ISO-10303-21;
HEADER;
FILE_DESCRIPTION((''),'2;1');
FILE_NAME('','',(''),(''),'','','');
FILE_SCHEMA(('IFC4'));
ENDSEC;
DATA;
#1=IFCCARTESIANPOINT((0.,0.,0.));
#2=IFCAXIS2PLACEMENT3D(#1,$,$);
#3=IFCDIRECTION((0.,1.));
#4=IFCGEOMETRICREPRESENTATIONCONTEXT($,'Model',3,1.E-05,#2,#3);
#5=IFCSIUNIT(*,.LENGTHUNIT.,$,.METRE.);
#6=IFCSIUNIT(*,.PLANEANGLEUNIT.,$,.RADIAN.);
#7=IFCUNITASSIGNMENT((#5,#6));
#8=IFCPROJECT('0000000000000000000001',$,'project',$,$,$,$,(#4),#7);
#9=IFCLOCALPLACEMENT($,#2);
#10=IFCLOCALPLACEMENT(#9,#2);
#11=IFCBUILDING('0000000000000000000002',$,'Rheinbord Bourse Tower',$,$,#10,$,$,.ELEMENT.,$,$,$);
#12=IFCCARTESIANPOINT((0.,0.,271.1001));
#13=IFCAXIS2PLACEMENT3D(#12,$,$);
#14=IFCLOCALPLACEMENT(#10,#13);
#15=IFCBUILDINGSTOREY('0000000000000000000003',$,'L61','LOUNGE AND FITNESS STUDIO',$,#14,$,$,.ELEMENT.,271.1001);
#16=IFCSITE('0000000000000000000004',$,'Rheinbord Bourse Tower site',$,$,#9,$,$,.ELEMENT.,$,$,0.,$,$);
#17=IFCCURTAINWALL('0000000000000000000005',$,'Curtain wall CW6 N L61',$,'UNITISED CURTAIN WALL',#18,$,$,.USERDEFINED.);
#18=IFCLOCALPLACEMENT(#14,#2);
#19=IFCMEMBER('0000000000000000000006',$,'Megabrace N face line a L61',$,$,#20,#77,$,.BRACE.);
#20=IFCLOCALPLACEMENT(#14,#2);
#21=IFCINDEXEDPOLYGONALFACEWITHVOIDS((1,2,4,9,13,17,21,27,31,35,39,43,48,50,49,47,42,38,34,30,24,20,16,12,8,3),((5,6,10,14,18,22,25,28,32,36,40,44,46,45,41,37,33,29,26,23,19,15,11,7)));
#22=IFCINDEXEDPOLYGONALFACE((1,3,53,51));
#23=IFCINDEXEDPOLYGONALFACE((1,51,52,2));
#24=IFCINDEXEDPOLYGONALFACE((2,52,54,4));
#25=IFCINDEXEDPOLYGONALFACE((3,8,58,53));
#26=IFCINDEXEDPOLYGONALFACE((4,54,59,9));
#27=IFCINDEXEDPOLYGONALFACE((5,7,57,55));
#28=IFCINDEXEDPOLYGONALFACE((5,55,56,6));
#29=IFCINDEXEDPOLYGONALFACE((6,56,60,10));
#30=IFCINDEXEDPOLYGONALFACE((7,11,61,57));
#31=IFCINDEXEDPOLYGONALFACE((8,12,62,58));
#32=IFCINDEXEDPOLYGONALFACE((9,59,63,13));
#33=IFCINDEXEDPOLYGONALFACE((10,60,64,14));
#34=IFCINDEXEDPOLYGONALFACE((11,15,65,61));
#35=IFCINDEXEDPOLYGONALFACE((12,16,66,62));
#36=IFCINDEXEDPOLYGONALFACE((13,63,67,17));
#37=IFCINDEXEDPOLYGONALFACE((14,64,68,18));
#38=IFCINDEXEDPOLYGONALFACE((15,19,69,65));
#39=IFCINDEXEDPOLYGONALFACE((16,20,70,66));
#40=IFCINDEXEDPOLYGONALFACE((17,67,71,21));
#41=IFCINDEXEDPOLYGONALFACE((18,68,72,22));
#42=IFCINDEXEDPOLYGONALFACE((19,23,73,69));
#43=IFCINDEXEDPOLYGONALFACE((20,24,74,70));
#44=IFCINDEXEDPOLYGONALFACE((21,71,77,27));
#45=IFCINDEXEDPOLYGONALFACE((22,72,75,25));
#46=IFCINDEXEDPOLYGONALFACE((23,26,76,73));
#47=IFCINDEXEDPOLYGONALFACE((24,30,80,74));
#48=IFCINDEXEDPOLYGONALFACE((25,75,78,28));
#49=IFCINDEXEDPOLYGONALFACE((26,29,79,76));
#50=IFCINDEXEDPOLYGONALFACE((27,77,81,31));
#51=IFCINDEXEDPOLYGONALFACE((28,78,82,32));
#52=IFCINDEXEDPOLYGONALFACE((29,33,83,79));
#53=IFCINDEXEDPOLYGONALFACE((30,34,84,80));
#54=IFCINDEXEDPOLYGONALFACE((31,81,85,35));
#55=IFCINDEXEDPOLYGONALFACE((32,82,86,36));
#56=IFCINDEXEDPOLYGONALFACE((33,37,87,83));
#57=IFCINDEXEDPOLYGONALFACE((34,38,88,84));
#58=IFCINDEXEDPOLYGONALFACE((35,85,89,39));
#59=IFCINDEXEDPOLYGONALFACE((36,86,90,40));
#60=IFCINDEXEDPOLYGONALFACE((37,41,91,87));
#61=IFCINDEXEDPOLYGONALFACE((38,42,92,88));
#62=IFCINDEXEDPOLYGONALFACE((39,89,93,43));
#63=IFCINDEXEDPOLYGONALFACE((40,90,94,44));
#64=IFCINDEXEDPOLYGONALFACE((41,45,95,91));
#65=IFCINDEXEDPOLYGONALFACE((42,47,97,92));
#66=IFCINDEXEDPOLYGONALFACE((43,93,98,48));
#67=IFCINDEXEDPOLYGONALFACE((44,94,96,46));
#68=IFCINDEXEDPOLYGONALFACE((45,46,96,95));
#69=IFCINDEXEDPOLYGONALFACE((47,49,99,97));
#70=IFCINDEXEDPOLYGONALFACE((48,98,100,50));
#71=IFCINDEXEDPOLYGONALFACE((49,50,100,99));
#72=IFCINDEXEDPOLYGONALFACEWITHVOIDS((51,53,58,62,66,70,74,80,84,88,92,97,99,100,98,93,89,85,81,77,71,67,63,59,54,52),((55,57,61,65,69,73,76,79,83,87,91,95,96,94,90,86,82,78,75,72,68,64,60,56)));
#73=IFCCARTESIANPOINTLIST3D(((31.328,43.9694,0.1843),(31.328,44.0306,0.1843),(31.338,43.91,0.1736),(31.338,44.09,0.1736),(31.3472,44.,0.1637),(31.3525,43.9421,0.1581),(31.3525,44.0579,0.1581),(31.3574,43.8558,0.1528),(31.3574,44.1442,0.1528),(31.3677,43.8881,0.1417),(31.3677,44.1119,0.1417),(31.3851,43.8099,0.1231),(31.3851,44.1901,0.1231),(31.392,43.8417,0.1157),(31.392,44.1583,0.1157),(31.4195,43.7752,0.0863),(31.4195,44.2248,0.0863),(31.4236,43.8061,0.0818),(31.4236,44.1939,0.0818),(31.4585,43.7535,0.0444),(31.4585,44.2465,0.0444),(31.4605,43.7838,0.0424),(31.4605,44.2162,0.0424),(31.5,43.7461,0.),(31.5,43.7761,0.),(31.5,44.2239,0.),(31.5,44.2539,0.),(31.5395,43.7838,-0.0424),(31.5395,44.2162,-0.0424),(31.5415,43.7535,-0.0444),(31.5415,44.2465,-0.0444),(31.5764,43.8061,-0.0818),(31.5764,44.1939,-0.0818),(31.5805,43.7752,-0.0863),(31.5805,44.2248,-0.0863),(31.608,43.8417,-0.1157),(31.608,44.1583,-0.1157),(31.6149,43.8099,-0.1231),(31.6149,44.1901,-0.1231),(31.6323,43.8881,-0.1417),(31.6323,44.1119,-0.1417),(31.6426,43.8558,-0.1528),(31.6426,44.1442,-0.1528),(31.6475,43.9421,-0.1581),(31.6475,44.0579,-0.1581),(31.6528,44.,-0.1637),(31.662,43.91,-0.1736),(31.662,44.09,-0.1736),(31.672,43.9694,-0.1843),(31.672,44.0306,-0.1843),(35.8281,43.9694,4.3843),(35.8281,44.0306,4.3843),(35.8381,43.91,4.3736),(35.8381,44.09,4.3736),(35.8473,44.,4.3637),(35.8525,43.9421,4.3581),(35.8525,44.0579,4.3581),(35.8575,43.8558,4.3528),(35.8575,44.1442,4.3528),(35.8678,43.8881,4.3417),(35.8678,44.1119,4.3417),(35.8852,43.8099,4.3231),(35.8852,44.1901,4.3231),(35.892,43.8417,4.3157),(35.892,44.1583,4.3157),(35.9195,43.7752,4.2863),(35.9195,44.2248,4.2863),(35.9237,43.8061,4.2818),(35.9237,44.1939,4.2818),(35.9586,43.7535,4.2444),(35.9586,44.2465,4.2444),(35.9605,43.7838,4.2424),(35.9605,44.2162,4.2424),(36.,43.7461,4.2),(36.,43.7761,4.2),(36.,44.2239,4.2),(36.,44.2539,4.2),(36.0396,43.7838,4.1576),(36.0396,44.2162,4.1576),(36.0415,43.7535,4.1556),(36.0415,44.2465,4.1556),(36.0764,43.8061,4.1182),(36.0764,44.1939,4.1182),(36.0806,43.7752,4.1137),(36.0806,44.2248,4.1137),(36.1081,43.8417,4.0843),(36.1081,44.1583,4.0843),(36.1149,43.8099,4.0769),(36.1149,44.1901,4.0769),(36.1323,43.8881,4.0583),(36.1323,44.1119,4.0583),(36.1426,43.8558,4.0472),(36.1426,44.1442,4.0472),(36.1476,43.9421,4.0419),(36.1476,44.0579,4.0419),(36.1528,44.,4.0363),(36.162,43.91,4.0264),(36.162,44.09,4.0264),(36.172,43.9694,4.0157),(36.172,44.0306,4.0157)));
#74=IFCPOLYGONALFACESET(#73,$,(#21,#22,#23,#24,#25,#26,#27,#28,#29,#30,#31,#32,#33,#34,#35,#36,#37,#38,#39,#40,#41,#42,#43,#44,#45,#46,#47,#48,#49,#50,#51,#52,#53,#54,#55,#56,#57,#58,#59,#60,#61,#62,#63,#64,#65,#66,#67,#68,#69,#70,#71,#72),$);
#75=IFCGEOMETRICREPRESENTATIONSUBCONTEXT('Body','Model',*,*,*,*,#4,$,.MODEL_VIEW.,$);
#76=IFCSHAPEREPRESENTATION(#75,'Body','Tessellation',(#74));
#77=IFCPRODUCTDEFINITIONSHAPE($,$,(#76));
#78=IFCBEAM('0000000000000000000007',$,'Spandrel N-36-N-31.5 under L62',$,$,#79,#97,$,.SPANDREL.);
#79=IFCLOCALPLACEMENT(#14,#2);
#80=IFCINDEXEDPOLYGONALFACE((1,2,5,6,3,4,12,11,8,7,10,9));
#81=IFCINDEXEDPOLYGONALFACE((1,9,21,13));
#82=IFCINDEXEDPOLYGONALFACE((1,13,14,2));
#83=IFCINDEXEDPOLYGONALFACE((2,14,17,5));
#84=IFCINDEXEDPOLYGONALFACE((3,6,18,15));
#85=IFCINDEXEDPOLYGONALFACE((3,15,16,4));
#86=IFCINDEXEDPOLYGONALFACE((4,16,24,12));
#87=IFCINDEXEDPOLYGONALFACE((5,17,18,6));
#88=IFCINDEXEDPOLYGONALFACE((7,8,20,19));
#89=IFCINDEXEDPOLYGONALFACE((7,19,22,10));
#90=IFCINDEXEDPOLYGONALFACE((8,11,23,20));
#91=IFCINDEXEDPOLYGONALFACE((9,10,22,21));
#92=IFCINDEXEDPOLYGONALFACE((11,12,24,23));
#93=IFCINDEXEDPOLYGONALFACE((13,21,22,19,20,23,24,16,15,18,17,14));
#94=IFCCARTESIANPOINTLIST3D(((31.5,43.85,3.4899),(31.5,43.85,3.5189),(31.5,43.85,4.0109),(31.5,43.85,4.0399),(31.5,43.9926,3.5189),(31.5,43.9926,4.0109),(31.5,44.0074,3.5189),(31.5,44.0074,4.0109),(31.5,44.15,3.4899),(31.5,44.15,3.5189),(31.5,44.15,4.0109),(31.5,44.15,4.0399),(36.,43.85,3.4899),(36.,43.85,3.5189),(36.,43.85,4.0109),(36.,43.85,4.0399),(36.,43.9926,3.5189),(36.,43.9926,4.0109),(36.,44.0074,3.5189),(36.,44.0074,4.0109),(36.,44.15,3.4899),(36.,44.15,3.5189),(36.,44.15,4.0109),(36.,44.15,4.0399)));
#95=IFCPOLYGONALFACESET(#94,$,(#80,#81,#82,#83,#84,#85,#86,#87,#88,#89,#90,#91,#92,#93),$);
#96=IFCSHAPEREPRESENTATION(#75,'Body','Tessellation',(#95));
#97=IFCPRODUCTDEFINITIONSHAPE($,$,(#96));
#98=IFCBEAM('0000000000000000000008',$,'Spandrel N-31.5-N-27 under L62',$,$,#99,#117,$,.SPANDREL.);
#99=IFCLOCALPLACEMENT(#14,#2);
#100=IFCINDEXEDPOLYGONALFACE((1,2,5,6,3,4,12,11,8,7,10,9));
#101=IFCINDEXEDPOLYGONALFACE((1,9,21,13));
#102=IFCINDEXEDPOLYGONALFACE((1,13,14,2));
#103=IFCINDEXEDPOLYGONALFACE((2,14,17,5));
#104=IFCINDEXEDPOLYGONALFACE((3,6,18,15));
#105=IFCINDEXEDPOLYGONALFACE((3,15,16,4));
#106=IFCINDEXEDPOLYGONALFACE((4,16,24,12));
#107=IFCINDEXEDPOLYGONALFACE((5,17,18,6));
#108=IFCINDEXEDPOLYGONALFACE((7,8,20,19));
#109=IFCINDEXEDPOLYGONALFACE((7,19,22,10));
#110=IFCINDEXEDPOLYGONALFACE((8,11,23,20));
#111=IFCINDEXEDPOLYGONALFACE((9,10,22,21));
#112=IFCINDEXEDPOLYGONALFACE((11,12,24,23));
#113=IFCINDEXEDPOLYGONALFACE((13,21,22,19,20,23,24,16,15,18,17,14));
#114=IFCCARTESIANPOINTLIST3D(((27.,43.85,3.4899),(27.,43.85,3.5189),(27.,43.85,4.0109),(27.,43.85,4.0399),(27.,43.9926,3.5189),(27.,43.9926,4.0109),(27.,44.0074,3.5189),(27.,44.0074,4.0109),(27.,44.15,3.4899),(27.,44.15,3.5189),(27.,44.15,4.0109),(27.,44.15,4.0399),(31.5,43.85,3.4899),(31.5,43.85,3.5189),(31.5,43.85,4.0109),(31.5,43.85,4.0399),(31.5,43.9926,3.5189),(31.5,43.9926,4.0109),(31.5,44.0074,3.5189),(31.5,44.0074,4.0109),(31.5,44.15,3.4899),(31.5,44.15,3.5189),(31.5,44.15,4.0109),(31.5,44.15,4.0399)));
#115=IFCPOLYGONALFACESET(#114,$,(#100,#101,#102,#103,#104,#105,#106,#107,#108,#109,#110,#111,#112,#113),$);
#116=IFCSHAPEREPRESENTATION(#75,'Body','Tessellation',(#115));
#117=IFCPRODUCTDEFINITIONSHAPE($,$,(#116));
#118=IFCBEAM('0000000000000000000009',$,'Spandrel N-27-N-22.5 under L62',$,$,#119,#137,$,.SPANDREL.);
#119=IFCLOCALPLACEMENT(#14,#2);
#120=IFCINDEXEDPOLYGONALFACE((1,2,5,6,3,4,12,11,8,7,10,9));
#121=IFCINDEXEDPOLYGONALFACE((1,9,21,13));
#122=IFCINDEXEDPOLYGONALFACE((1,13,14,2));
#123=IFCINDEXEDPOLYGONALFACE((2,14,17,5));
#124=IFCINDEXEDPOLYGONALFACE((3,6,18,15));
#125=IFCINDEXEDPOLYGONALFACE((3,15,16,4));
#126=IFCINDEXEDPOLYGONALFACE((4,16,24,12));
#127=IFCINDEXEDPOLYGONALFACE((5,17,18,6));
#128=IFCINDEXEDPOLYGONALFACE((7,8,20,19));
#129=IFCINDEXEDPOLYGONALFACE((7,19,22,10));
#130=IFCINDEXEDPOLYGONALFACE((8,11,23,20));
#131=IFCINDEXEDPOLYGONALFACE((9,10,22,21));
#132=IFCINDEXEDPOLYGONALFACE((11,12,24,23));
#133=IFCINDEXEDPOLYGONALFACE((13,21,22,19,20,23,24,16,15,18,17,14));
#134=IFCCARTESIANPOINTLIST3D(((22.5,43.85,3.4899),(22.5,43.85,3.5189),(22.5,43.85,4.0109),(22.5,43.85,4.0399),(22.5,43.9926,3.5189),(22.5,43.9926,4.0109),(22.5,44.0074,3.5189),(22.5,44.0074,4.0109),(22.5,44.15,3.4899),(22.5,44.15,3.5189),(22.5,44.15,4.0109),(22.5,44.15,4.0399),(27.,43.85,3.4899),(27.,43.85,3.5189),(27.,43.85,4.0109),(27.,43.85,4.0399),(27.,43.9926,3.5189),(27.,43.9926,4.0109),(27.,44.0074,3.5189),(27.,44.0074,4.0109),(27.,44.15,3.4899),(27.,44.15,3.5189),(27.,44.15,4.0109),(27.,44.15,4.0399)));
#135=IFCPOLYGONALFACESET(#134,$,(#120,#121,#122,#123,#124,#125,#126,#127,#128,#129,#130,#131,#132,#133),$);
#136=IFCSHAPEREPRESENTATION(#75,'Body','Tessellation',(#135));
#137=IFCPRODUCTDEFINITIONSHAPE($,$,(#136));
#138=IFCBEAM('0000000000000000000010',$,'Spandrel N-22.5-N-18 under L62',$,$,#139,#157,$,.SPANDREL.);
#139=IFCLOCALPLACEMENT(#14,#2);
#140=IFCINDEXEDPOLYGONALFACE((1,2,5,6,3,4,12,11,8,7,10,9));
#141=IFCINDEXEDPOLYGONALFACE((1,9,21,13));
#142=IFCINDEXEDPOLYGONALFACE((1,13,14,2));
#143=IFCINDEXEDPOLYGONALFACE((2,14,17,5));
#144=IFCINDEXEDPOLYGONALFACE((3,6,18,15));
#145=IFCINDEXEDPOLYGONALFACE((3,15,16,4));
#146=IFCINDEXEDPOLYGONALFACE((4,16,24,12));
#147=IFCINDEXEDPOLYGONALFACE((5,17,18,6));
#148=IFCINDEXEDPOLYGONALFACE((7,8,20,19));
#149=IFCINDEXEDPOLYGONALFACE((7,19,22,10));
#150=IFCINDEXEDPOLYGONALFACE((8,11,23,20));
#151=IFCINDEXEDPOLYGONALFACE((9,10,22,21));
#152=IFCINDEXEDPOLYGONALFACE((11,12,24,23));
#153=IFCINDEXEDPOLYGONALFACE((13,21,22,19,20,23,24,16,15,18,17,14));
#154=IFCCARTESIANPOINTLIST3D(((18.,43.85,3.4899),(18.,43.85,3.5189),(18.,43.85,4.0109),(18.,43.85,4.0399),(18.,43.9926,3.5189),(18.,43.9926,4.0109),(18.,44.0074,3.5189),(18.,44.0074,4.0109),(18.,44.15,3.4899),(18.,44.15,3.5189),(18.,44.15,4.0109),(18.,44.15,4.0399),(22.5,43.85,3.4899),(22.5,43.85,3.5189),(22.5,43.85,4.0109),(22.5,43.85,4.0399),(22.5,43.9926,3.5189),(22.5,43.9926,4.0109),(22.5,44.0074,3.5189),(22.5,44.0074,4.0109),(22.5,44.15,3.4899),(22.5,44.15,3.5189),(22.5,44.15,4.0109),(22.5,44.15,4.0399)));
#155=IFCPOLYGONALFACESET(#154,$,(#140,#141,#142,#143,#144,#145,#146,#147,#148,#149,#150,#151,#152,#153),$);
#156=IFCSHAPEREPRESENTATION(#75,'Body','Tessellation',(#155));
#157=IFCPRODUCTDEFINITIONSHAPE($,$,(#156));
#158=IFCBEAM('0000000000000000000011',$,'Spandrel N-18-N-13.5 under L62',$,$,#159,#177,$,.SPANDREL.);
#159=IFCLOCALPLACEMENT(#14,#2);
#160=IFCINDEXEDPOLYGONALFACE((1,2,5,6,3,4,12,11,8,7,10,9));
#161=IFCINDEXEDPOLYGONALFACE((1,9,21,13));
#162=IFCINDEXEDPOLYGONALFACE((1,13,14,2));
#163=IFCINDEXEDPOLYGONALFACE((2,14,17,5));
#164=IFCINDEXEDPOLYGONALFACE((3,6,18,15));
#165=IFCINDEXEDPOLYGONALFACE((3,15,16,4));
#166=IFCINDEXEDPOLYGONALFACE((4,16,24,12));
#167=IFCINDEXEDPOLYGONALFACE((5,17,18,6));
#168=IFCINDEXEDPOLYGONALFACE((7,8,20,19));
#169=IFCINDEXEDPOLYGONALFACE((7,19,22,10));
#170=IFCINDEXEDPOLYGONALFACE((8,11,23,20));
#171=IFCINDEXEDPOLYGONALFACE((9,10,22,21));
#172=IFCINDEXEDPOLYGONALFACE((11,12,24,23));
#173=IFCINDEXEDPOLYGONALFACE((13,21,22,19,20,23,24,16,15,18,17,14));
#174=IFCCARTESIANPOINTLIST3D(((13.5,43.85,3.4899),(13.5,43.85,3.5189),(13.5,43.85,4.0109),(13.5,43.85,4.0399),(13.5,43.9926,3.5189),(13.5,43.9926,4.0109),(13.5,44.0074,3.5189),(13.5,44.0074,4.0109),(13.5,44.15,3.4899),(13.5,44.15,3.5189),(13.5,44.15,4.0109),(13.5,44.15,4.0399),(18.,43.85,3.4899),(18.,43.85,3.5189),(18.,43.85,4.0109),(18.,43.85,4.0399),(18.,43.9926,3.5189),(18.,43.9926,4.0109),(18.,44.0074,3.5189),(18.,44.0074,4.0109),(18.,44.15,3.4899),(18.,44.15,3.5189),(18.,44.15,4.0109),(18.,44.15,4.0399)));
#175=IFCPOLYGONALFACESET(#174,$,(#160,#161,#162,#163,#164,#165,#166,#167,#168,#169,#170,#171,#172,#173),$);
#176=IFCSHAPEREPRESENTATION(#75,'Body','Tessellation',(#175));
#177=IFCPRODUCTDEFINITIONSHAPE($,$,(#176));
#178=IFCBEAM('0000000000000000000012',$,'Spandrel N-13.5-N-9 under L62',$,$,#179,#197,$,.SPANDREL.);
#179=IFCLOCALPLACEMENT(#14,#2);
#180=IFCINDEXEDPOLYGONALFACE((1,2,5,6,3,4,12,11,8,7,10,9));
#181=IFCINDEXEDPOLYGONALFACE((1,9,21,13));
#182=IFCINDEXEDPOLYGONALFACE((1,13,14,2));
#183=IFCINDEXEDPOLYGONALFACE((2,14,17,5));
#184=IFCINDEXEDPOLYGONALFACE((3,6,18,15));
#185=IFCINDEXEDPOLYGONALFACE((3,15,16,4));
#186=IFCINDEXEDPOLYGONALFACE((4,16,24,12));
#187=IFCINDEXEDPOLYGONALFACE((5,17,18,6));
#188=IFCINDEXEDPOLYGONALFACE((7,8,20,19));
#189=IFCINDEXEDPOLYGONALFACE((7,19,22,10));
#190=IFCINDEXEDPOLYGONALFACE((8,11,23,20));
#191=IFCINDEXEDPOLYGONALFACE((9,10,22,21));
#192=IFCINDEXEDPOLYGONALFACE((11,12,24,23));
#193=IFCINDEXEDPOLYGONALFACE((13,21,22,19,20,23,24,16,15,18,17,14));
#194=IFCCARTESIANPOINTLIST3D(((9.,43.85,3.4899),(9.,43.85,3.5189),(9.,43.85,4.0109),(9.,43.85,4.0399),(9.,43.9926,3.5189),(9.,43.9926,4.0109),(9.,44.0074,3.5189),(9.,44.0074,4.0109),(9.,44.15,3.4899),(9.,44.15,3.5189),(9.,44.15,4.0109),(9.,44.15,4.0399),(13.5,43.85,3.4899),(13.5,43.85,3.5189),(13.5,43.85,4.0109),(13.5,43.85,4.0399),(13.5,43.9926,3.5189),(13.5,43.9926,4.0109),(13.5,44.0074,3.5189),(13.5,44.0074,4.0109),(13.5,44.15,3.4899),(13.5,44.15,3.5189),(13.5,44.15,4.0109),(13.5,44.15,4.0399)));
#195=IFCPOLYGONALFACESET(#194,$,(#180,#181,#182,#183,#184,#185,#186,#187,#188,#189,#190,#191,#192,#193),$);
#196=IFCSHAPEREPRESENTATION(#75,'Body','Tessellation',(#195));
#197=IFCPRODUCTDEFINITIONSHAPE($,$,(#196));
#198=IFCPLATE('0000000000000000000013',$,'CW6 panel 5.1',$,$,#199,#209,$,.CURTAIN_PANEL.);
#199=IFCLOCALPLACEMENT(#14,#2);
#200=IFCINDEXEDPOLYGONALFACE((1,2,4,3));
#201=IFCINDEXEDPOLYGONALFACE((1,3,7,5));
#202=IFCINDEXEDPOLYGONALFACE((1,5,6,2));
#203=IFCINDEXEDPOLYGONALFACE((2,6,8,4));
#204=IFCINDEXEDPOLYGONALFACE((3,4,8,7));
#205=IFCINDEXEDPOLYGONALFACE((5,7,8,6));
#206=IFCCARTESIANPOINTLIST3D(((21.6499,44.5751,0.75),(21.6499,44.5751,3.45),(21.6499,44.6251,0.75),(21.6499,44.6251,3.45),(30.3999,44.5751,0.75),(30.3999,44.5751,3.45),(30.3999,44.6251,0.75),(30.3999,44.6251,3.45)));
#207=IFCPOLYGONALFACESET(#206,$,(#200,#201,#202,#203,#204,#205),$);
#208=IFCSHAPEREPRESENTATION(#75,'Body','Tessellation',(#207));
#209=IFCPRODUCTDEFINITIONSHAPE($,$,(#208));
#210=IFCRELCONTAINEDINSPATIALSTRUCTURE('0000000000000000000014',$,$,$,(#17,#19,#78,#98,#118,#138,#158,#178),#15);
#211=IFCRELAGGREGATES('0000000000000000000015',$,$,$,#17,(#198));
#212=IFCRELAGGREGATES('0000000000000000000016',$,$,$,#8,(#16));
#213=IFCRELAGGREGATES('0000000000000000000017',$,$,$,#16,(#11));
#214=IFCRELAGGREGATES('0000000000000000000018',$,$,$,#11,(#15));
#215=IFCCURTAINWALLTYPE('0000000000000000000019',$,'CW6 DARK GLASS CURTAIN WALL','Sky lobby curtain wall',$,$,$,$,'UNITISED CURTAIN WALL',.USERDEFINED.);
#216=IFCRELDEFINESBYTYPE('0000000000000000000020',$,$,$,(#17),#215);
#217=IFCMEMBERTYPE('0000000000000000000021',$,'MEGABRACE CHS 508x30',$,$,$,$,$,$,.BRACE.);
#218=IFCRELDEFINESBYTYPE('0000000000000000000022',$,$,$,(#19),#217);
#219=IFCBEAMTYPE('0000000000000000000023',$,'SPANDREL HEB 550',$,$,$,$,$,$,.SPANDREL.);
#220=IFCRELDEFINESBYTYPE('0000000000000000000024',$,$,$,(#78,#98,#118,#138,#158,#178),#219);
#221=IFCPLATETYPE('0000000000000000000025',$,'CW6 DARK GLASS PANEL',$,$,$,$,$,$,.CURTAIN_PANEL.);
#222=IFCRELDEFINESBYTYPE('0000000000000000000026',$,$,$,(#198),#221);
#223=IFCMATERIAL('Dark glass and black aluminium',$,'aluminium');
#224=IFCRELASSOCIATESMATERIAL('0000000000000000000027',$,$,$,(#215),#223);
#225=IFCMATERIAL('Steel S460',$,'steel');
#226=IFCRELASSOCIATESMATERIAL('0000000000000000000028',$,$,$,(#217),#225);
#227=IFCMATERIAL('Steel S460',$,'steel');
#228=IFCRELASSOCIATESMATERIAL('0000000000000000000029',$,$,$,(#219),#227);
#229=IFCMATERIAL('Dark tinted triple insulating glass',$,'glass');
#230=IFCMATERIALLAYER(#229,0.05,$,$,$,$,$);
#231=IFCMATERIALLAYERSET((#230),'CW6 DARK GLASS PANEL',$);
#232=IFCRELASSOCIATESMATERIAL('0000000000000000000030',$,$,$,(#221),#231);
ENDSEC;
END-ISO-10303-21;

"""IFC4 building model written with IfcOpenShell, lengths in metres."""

from ifc_helpers import new_model, si_unit, direction, frame, origin, origin_2d, place, context, subcontext, project, spatial, rectangle, hollow_circle, i_section, extrude, material, layer, layer_set, material_profile, profile_set, type_object, element, aggregate, save


model = new_model("IFC4")

# Units and contexts
model_context = context("Model", 3, precision=1e-05, world=origin(), true_north=direction((0.0, 1.0)))
body_context = subcontext(model_context, "Body", "Model", "MODEL_VIEW")
ifc_project = project(units=[si_unit("LENGTHUNIT", "METRE"), si_unit("PLANEANGLEUNIT", "RADIAN")], contexts=[model_context])

# Site, building, storey
site_placement = place(None, origin())
site = spatial("IfcSite", under=ifc_project, at=site_placement, Name="Rheinbord Bourse Tower site", CompositionType="ELEMENT", RefElevation=0.0)
building_placement = place(site_placement, origin())
building = spatial("IfcBuilding", under=site, at=building_placement, Name="Rheinbord Bourse Tower", CompositionType="ELEMENT")
storey_placement = place(building_placement, frame((0.0, 0.0, 271.1001)))
storey = spatial("IfcBuildingStorey", under=building, at=storey_placement, Name="L61", Description="LOUNGE AND FITNESS STUDIO", CompositionType="ELEMENT", Elevation=271.1001)

# Curtain wall
ifc_material_1 = material(Name="Dark glass and black aluminium", Category="aluminium")
curtain_wall_type = type_object("IfcCurtainWallType", Name="CW6 DARK GLASS CURTAIN WALL", Description="Sky lobby curtain wall", ElementType="UNITISED CURTAIN WALL", PredefinedType="USERDEFINED", material=ifc_material_1)
curtain_wall_placement = place(storey_placement, origin())
curtain_wall = element("IfcCurtainWall", 1, at=curtain_wall_placement, inside=storey, type_object=curtain_wall_type, Name="Curtain wall CW6 N L61", ObjectType="UNITISED CURTAIN WALL", PredefinedType="USERDEFINED")

# Member
ifc_material_2 = material(Name="Steel S460", Category="steel")
ifc_material_profile_1 = material_profile(ifc_material_2, hollow_circle(Radius=0.2539, WallThickness=0.03, at=origin_2d()), Name="CHS 508x30")
ifc_profile_set_1 = profile_set([ifc_material_profile_1], Name="Steel S460")
member_type_1 = type_object("IfcMemberType", Name="MEGABRACE CHS 508x30", PredefinedType="BRACE", material=ifc_profile_set_1)
member_1_placement = place(storey_placement, frame((31.5, 44.0, 0.0), z_axis=(0.731059, 0.0, 0.682314), x_axis=(0.0, 1.0, 0.0)))
element("IfcMember", 2, at=member_1_placement, inside=storey, type_object=member_type_1, Name="Megabrace N face line a L61", PredefinedType="BRACE", context=body_context, shape_type="SweptSolid", body=[
    extrude(hollow_circle(Radius=0.2539, WallThickness=0.03, at=origin_2d()), origin(), (0.0, 0.0, 1.0), 6.1555),
])

# Beams
ifc_material_3 = material(Name="Steel S460", Category="steel")
ifc_material_profile_2 = material_profile(ifc_material_3, i_section(OverallWidth=0.3, OverallDepth=0.55, WebThickness=0.0149, FlangeThickness=0.0291, at=origin_2d()), Name="HEB 550")
ifc_profile_set_2 = profile_set([ifc_material_profile_2], Name="Steel S460")
beam_type_1 = type_object("IfcBeamType", Name="SPANDREL HEB 550", PredefinedType="SPANDREL", material=ifc_profile_set_2)
for number, where, z_axis, x_axis, name in (
    (3, (36.0, 44.0, 3.7649), (-1.0, 0.0, 0.0), (0.0, -1.0, 0.0), "Spandrel N-36-N-31.5 under L62"),
    (4, (31.5, 44.0, 3.7649), (-1.0, 0.0, 0.0), (0.0, -1.0, 0.0), "Spandrel N-31.5-N-27 under L62"),
    (5, (27.0, 44.0, 3.7649), (-1.0, 0.0, 0.0), (0.0, -1.0, 0.0), "Spandrel N-27-N-22.5 under L62"),
    (6, (22.5, 44.0, 3.7649), (-1.0, 0.0, 0.0), (0.0, -1.0, 0.0), "Spandrel N-22.5-N-18 under L62"),
    (7, (18.0, 44.0, 3.7649), (-1.0, 0.0, 0.0), (0.0, -1.0, 0.0), "Spandrel N-18-N-13.5 under L62"),
    (8, (13.5, 44.0, 3.7649), (-1.0, 0.0, 0.0), (0.0, -1.0, 0.0), "Spandrel N-13.5-N-9 under L62"),
):
    element("IfcBeam", number, at=place(storey_placement, frame(where, z_axis=z_axis, x_axis=x_axis)), inside=storey, type_object=beam_type_1, Name=name, PredefinedType="SPANDREL", context=body_context, shape_type="SweptSolid", body=[
        extrude(i_section(OverallWidth=0.3, OverallDepth=0.55, WebThickness=0.0149, FlangeThickness=0.0291, at=origin_2d()), origin(), (0.0, 0.0, 1.0), 4.5),
    ])

# Plate
ifc_material_4 = material(Name="Dark tinted triple insulating glass", Category="glass")
ifc_layer = layer(ifc_material_4, 0.05)
ifc_layer_set = layer_set([ifc_layer], Name="CW6 DARK GLASS PANEL")
plate_type = type_object("IfcPlateType", Name="CW6 DARK GLASS PANEL", PredefinedType="CURTAIN_PANEL", material=ifc_layer_set)
plate_1_placement = place(storey_placement, frame((26.0249, 44.6001, 0.75), z_axis=(0.0, 0.0, 1.0), x_axis=(-1.0, 0.0, 0.0)))
plate_1 = element("IfcPlate", 9, at=plate_1_placement, type_object=plate_type, Name="CW6 panel 5.1", PredefinedType="CURTAIN_PANEL", context=body_context, shape_type="SweptSolid", body=[
    extrude(rectangle(XDim=8.75, YDim=0.05, at=origin_2d()), origin(), (0.0, 0.0, 1.0), 2.7),
])
aggregate(curtain_wall, [plate_1])

save(model, "model.ifc")
